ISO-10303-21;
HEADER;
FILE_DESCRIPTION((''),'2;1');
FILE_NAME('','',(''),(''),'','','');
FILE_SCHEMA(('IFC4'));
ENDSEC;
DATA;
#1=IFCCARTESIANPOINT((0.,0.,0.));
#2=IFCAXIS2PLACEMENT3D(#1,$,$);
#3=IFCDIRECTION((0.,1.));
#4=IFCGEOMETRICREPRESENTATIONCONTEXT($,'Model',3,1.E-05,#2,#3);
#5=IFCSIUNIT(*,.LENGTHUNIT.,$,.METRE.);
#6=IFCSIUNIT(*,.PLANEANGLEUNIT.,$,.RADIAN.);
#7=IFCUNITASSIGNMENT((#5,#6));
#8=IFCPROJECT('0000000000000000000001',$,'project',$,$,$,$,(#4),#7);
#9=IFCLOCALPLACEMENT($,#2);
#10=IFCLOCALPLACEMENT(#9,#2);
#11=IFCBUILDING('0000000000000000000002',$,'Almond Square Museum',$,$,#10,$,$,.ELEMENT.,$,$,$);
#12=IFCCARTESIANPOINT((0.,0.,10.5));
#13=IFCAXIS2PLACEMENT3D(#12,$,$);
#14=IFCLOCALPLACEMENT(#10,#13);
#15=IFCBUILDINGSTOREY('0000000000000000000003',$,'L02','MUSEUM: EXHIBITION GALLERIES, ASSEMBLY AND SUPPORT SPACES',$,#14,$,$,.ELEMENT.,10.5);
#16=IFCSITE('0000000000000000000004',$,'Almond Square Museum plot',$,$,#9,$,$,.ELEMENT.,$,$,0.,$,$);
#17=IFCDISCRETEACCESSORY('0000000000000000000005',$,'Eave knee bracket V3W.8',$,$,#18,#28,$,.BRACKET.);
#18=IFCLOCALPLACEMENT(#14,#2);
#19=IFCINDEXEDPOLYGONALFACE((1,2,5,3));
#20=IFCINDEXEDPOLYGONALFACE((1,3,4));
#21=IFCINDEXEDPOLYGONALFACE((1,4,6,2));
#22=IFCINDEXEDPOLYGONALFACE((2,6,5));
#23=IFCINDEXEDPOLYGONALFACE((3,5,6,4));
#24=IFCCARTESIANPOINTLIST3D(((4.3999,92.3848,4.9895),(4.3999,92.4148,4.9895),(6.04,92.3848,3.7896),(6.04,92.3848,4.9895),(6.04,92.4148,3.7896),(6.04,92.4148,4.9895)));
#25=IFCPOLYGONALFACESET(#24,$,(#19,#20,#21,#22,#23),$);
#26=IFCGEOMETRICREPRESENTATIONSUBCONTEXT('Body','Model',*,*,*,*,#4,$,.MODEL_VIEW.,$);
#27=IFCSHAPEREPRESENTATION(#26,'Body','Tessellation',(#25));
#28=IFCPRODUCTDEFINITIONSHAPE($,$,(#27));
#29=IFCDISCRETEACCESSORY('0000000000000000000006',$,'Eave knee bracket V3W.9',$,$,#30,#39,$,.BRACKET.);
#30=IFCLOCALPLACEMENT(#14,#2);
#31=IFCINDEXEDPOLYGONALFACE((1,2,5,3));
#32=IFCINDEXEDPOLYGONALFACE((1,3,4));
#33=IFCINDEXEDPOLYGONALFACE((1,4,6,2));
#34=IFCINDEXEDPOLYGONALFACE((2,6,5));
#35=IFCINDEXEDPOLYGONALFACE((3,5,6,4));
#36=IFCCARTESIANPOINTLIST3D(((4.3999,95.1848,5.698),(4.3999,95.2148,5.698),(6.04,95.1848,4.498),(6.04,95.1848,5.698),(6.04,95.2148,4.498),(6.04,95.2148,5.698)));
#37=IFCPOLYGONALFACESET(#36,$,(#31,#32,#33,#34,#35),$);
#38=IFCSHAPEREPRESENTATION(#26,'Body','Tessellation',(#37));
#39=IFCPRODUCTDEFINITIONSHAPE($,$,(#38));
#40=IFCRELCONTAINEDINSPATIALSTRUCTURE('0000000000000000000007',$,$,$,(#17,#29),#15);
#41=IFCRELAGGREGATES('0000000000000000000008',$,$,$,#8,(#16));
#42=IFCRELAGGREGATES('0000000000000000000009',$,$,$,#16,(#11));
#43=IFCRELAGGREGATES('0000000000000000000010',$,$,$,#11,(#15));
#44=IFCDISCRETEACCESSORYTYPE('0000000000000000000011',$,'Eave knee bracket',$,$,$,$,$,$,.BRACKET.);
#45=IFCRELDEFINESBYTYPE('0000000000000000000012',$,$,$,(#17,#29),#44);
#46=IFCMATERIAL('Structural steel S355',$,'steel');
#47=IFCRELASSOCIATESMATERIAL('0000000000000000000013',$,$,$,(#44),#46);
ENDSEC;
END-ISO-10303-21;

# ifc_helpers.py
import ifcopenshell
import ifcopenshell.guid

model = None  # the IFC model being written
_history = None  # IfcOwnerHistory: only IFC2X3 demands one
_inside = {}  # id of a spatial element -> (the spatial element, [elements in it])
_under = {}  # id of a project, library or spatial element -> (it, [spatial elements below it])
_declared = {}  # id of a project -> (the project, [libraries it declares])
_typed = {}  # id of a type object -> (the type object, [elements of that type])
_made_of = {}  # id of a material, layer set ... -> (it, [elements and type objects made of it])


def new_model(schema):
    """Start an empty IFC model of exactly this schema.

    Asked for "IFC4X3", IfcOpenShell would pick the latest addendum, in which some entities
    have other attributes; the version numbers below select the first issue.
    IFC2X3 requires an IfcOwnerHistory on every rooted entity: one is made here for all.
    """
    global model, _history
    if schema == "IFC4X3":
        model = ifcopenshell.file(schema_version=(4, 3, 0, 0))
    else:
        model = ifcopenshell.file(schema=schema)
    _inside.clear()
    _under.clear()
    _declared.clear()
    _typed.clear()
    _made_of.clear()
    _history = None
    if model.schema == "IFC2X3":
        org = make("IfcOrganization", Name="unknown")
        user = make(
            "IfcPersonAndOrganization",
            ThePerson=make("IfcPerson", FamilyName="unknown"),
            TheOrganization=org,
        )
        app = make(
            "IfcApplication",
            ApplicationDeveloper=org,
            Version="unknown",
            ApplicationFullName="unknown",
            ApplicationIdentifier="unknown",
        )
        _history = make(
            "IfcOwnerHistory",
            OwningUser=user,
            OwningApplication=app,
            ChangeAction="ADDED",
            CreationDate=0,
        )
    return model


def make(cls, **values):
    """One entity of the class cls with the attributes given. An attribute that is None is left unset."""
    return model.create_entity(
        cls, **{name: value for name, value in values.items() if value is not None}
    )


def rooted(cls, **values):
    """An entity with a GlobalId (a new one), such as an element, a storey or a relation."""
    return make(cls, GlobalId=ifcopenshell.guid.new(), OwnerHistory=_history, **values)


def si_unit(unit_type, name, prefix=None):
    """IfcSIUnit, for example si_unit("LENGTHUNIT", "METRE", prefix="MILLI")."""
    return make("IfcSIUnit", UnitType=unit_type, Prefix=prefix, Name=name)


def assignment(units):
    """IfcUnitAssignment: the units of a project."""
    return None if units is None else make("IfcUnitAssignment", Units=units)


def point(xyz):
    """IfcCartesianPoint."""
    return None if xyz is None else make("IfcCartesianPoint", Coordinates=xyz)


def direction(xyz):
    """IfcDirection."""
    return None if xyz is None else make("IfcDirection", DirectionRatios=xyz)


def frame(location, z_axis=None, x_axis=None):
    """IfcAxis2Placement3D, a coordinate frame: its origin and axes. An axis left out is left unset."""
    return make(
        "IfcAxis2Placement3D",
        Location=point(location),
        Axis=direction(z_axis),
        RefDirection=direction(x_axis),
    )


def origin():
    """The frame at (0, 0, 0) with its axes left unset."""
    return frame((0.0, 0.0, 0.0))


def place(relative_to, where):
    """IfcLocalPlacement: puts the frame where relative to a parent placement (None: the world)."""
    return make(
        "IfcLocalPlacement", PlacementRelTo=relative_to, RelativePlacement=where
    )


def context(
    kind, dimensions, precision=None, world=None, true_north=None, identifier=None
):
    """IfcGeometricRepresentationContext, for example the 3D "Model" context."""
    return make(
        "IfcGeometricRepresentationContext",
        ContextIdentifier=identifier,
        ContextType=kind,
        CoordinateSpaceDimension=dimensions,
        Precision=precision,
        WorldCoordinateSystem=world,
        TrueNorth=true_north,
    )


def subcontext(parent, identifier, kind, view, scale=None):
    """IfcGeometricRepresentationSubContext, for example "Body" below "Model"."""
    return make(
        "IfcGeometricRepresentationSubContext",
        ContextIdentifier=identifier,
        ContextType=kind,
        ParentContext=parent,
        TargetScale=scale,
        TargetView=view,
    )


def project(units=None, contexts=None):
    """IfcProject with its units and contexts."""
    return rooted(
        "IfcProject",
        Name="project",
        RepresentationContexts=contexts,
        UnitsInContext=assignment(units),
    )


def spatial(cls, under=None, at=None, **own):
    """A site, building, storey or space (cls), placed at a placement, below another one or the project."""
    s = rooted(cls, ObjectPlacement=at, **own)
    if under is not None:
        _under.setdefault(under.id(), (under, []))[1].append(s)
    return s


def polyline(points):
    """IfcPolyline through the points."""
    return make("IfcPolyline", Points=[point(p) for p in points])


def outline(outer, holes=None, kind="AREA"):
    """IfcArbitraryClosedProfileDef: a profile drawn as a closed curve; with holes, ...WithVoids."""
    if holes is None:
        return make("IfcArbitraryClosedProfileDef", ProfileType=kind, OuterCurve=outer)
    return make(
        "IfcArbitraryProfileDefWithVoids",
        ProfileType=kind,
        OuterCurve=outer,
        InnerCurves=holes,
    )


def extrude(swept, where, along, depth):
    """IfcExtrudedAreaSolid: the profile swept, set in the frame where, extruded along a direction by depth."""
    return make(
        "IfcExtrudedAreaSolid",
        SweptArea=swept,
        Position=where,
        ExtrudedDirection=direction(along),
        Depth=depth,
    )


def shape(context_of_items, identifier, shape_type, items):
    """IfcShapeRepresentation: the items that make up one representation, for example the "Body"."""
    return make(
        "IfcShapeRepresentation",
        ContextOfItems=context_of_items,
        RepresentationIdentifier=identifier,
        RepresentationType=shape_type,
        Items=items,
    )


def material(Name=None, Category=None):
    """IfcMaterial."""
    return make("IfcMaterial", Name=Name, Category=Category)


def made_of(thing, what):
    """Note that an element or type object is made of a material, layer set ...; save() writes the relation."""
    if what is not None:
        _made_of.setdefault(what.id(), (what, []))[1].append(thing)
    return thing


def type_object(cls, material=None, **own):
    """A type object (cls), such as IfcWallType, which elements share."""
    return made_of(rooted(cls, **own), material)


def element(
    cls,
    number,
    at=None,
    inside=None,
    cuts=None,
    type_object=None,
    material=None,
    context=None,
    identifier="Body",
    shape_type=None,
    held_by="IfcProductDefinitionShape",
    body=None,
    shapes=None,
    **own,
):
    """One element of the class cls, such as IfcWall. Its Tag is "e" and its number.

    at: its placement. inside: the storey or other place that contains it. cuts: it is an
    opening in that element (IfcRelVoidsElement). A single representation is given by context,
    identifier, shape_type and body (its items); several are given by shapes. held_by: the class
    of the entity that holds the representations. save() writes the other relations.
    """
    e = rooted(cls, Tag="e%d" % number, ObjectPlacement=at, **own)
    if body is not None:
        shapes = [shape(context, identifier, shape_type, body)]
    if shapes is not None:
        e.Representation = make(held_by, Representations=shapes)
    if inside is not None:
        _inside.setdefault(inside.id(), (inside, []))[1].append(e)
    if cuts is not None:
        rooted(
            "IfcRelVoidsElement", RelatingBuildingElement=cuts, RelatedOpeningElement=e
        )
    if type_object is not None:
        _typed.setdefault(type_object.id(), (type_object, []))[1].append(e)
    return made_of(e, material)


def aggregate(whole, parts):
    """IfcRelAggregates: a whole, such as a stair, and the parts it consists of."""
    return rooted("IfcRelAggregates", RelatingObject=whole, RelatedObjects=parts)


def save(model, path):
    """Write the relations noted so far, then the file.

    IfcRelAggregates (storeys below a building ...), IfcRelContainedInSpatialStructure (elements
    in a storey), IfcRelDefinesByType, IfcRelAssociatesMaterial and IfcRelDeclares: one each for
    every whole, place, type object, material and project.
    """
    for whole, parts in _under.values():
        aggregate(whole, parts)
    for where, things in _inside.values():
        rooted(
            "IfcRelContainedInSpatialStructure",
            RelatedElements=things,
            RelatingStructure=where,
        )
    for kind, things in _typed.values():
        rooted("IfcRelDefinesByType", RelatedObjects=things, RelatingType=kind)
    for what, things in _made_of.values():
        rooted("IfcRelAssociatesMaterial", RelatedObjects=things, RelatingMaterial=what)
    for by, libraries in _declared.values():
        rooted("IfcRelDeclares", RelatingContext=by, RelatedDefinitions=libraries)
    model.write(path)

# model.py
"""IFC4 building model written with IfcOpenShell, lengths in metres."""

from ifc_helpers import new_model, si_unit, direction, frame, origin, place, context, subcontext, project, spatial, polyline, outline, extrude, material, type_object, element, save


model = new_model("IFC4")

# Units and contexts
model_context = context("Model", 3, precision=1e-05, world=origin(), true_north=direction((0.0, 1.0)))
body_context = subcontext(model_context, "Body", "Model", "MODEL_VIEW")
ifc_project = project(units=[si_unit("LENGTHUNIT", "METRE"), si_unit("PLANEANGLEUNIT", "RADIAN")], contexts=[model_context])

# Site, building, storey
site_placement = place(None, origin())
site = spatial("IfcSite", under=ifc_project, at=site_placement, Name="Almond Square Museum plot", CompositionType="ELEMENT", RefElevation=0.0)
building_placement = place(site_placement, origin())
building = spatial("IfcBuilding", under=site, at=building_placement, Name="Almond Square Museum", CompositionType="ELEMENT")
storey_placement = place(building_placement, frame((0.0, 0.0, 10.5)))
storey = spatial("IfcBuildingStorey", under=building, at=storey_placement, Name="L02", Description="MUSEUM: EXHIBITION GALLERIES, ASSEMBLY AND SUPPORT SPACES", CompositionType="ELEMENT", Elevation=10.5)

# Discrete accessories
ifc_material_1 = material(Name="Structural steel S355", Category="steel")
discrete_accessory_type = type_object("IfcDiscreteAccessoryType", Name="Eave knee bracket", PredefinedType="BRACKET", material=ifc_material_1)
for number, where, z_axis, x_axis, name in (
    (1, (6.04, 92.3999, 4.9895), (0.0, 1.0, 0.0), (0.0, 0.0, -1.0), "Eave knee bracket V3W.8"),
    (2, (6.04, 95.2, 5.698), (0.0, 1.0, 0.0), (0.0, 0.0, -1.0), "Eave knee bracket V3W.9"),
):
    element("IfcDiscreteAccessory", number, at=place(storey_placement, frame(where, z_axis=z_axis, x_axis=x_axis)), inside=storey, type_object=discrete_accessory_type, Name=name, PredefinedType="BRACKET", context=body_context, shape_type="SweptSolid", body=[
        extrude(outline(polyline([(0.0, 0.0), (1.2, 0.0), (0.0, 1.6401), (0.0, 0.0)])), frame((0.0, 0.0, -0.0151)), (0.0, 0.0, 1.0), 0.03),
    ])

save(model, "model.ifc")
